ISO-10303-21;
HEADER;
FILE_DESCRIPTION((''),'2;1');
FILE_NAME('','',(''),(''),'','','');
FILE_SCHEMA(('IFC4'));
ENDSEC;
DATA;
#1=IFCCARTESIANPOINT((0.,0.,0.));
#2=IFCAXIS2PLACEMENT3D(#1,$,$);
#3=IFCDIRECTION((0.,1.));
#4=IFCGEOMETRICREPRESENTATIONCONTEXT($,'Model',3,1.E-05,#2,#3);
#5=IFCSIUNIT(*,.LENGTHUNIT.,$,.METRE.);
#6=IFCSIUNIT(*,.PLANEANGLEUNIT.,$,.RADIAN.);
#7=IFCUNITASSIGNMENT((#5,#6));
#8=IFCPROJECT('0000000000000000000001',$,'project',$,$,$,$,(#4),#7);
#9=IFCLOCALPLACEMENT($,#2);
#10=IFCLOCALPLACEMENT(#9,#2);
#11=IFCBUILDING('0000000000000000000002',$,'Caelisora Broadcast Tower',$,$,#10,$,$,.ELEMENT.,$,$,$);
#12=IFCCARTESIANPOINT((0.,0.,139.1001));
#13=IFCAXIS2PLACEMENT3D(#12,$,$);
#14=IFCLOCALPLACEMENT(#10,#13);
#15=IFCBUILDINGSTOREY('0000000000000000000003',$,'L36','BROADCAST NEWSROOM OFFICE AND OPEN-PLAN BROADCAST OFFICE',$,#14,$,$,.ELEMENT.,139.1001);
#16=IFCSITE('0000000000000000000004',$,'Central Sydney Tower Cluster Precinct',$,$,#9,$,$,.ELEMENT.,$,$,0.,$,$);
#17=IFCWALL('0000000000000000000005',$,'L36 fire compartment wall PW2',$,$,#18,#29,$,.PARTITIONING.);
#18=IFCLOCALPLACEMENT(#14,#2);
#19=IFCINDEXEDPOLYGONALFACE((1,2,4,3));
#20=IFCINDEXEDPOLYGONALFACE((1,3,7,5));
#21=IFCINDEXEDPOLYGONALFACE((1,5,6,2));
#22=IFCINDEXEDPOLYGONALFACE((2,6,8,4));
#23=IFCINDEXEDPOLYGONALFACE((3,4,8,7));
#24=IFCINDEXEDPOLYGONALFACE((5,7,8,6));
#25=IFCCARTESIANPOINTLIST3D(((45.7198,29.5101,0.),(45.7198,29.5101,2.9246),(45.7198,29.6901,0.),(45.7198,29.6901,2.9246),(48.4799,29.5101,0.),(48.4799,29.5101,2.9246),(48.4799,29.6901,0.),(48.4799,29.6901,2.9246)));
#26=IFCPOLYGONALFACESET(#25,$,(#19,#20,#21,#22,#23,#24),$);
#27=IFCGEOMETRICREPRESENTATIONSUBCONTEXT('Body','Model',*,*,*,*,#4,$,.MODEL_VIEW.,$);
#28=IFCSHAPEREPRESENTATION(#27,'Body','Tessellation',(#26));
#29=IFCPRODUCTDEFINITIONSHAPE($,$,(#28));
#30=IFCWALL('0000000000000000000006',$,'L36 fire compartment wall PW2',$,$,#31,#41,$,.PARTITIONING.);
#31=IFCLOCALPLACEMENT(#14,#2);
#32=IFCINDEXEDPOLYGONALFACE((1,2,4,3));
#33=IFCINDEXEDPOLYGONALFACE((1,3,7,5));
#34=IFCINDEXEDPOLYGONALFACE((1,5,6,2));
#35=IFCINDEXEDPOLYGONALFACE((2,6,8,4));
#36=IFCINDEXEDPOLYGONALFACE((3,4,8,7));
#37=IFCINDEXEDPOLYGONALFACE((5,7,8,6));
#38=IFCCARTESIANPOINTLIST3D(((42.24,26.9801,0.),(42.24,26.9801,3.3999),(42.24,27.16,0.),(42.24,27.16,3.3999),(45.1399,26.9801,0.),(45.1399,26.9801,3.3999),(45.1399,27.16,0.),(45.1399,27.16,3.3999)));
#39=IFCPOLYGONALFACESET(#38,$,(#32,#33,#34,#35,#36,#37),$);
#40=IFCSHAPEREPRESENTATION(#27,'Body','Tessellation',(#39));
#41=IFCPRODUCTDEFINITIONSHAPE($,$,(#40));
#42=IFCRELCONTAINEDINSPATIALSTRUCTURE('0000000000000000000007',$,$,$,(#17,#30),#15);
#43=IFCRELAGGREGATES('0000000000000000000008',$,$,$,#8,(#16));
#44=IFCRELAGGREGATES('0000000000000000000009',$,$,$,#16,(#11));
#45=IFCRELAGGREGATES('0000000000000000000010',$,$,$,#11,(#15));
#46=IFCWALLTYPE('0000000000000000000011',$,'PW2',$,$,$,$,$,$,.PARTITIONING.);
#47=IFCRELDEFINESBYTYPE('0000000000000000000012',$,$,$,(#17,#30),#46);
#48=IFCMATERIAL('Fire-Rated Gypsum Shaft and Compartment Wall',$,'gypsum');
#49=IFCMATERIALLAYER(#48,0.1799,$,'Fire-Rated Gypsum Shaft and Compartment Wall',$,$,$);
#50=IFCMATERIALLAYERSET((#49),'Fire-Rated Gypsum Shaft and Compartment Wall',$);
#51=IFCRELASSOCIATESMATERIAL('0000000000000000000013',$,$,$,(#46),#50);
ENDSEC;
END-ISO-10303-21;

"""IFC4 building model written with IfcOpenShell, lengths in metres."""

from ifc_helpers import new_model, si_unit, direction, frame, frame_2d, origin, place, context, subcontext, project, spatial, rectangle, extrude, material, layer, layer_set, type_object, element, save


model = new_model("IFC4")

# Units and contexts
model_context = context("Model", 3, precision=1e-05, world=origin(), true_north=direction((0.0, 1.0)))
body_context = subcontext(model_context, "Body", "Model", "MODEL_VIEW")
ifc_project = project(units=[si_unit("LENGTHUNIT", "METRE"), si_unit("PLANEANGLEUNIT", "RADIAN")], contexts=[model_context])

# Site, building, storey
site_placement = place(None, origin())
site = spatial("IfcSite", under=ifc_project, at=site_placement, Name="Central Sydney Tower Cluster Precinct", CompositionType="ELEMENT", RefElevation=0.0)
building_placement = place(site_placement, origin())
building = spatial("IfcBuilding", under=site, at=building_placement, Name="Caelisora Broadcast Tower", CompositionType="ELEMENT")
storey_placement = place(building_placement, frame((0.0, 0.0, 139.1001)))
storey = spatial("IfcBuildingStorey", under=building, at=storey_placement, Name="L36", Description="BROADCAST NEWSROOM OFFICE AND OPEN-PLAN BROADCAST OFFICE", CompositionType="ELEMENT", Elevation=139.1001)

# Shared definitions
ifc_material_1 = material(Name="Fire-Rated Gypsum Shaft and Compartment Wall", Category="gypsum")
ifc_layer_1 = layer(ifc_material_1, 0.1799, Name="Fire-Rated Gypsum Shaft and Compartment Wall")
ifc_layer_set_1 = layer_set([ifc_layer_1], Name="Fire-Rated Gypsum Shaft and Compartment Wall")
wall_type_1 = type_object("IfcWallType", Name="PW2", PredefinedType="PARTITIONING", material=ifc_layer_set_1)

# Walls
wall_1_placement = place(storey_placement, frame((45.72, 29.6001, 0.0), z_axis=(0.0, 0.0, 1.0), x_axis=(1.0, 0.0, 0.0)))
element("IfcWall", 1, at=wall_1_placement, inside=storey, type_object=wall_type_1, Name="L36 fire compartment wall PW2", PredefinedType="PARTITIONING", context=body_context, shape_type="SweptSolid", body=[
    extrude(rectangle(XDim=2.76, YDim=0.1799, at=frame_2d((1.3799, 0.0))), origin(), (0.0, 0.0, 1.0), 2.9246),
])
wall_2_placement = place(storey_placement, frame((42.24, 27.0701, 0.0), z_axis=(0.0, 0.0, 1.0), x_axis=(1.0, 0.0, 0.0)))
element("IfcWall", 2, at=wall_2_placement, inside=storey, type_object=wall_type_1, Name="L36 fire compartment wall PW2", PredefinedType="PARTITIONING", context=body_context, shape_type="SweptSolid", body=[
    extrude(rectangle(XDim=2.8999, YDim=0.1799, at=frame_2d((1.45, 0.0))), origin(), (0.0, 0.0, 1.0), 3.3999),
])

save(model, "model.ifc")
